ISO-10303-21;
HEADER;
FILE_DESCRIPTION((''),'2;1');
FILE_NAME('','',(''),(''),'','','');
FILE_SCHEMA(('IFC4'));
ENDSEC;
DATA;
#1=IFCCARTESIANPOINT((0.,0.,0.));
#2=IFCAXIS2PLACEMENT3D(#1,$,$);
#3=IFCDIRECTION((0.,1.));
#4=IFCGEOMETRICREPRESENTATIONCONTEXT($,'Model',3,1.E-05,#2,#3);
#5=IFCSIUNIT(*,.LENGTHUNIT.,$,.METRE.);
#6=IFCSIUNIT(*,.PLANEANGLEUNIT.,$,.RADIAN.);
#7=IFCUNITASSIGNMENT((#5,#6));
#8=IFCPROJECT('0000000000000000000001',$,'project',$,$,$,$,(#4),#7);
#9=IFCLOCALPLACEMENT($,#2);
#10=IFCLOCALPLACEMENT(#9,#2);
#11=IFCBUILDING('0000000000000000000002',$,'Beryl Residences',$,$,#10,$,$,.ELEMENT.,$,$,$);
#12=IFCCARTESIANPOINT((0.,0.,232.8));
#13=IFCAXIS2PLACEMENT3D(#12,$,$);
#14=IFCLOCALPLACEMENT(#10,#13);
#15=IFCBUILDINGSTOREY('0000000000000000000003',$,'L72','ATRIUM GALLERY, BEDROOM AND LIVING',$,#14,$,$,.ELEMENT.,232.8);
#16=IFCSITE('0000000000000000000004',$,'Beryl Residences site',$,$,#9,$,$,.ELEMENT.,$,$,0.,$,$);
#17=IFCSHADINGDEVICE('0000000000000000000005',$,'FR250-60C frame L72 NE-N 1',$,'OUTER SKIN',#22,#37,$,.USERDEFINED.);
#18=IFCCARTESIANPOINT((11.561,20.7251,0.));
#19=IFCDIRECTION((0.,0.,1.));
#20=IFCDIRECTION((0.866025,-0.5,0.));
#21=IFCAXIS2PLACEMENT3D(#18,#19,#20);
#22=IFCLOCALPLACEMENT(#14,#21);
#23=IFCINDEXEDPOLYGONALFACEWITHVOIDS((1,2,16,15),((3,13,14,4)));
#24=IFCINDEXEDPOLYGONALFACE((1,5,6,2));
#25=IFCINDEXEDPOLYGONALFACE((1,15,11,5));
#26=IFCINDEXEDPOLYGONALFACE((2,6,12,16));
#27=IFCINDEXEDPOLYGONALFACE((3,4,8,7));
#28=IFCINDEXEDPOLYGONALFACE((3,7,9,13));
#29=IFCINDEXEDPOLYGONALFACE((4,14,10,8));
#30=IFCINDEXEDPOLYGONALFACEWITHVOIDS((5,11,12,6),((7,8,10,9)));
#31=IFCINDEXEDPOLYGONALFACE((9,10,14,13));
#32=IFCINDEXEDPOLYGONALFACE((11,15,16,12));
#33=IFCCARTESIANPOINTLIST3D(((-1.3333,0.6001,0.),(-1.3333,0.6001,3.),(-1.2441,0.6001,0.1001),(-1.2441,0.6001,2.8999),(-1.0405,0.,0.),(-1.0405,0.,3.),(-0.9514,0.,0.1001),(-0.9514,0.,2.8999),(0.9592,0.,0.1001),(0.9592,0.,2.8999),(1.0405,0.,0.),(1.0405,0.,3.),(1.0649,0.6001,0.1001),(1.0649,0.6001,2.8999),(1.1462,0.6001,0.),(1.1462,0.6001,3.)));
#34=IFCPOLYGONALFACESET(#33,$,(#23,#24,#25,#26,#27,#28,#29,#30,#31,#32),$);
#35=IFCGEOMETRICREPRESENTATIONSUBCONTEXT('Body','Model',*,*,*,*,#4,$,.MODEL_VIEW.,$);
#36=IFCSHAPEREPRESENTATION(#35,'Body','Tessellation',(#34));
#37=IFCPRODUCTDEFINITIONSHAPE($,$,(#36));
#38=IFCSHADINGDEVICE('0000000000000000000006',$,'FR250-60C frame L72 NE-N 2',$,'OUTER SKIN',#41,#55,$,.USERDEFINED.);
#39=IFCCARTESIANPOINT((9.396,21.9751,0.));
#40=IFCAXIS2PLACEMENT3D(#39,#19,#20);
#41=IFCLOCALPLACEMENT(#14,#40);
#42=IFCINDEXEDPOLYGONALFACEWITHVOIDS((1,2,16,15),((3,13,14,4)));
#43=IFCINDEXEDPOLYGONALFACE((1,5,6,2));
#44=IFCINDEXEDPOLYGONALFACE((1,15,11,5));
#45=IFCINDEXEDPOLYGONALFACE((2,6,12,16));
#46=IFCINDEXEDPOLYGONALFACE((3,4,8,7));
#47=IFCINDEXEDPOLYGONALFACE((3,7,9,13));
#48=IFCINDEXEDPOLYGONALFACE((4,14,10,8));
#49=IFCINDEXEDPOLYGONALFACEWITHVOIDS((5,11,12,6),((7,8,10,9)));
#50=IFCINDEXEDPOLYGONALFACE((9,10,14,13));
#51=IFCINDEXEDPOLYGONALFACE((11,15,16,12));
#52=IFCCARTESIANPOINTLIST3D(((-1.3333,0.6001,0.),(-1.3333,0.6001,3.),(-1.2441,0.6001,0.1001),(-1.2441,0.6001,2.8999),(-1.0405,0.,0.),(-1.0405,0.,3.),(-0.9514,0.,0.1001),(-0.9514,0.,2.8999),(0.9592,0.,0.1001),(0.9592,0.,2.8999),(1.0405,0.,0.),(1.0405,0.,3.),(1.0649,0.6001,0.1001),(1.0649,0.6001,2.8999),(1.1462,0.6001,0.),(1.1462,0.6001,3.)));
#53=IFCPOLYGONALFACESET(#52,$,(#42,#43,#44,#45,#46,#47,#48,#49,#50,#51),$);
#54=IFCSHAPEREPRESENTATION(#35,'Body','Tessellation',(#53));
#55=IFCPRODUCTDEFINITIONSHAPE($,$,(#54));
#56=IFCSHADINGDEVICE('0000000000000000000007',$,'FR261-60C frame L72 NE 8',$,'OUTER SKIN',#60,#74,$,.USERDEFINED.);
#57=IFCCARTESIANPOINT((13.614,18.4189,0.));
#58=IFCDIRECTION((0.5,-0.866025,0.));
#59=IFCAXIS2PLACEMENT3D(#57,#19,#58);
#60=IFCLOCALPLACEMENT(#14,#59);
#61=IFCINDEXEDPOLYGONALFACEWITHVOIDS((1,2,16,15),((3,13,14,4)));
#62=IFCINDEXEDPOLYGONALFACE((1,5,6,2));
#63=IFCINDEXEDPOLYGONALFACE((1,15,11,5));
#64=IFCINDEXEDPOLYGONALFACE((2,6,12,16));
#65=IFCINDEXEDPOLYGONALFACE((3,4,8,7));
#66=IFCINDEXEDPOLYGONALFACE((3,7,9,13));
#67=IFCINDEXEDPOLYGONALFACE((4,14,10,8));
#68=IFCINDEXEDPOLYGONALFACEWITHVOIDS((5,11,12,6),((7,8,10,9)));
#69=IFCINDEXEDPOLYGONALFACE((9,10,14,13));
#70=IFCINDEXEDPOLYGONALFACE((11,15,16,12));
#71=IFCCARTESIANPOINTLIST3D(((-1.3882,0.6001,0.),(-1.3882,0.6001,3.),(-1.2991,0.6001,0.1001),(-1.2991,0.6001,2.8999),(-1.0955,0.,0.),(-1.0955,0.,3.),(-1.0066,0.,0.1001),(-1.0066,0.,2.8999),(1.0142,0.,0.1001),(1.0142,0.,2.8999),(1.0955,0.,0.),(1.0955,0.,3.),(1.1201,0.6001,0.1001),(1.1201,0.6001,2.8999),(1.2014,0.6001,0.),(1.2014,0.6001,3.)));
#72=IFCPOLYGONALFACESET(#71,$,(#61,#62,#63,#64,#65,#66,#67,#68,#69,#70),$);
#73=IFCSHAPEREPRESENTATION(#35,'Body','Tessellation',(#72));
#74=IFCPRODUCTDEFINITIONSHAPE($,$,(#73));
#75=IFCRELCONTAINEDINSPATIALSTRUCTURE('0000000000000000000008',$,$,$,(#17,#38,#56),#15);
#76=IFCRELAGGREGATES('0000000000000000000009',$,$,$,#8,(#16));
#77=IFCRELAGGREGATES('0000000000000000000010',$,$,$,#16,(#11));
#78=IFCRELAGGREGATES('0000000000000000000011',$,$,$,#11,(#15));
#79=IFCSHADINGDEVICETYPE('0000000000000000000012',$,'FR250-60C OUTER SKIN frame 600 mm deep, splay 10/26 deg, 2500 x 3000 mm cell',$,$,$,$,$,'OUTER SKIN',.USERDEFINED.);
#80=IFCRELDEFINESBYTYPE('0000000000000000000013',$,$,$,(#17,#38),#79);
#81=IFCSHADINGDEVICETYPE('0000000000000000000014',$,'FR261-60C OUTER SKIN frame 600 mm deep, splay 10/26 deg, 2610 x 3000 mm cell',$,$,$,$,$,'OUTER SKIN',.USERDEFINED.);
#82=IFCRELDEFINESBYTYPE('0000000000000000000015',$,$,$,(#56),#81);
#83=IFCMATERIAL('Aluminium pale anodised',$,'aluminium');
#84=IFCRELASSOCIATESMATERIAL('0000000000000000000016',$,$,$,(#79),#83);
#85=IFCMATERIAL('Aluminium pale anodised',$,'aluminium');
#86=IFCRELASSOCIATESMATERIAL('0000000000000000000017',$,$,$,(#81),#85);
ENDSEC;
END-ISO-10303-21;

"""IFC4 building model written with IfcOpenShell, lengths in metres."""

from ifc_helpers import new_model, entity, si_unit, direction, frame, origin, place, context, subcontext, project, spatial, source, transform, mapped, material, type_object, type_shapes, element, save


model = new_model("IFC4")

# Units and contexts
model_context = context("Model", 3, precision=1e-05, world=origin(), true_north=direction((0.0, 1.0)))
body_context = subcontext(model_context, "Body", "Model", "MODEL_VIEW")
ifc_project = project(units=[si_unit("LENGTHUNIT", "METRE"), si_unit("PLANEANGLEUNIT", "RADIAN")], contexts=[model_context])

# Site, building, storey
site_placement = place(None, origin())
site = spatial("IfcSite", under=ifc_project, at=site_placement, Name="Beryl Residences site", CompositionType="ELEMENT", RefElevation=0.0)
building_placement = place(site_placement, origin())
building = spatial("IfcBuilding", under=site, at=building_placement, Name="Beryl Residences", CompositionType="ELEMENT")
storey_placement = place(building_placement, frame((0.0, 0.0, 232.8)))
storey = spatial("IfcBuildingStorey", under=building, at=storey_placement, Name="L72", Description="ATRIUM GALLERY, BEDROOM AND LIVING", CompositionType="ELEMENT", Elevation=232.8)

# Shading devices
ifc_material_1 = material(Name="Aluminium pale anodised", Category="aluminium")
shading_device_type_1 = type_object("IfcShadingDeviceType", Name="FR250-60C OUTER SKIN frame 600 mm deep, splay 10/26 deg, 2500 x 3000 mm cell", ElementType="OUTER SKIN", PredefinedType="USERDEFINED", material=ifc_material_1)
cartesian_point_1 = entity("IfcCartesianPoint", [-1.0405, 0.0])
cartesian_point_2 = entity("IfcCartesianPoint", [-0.9592, 0.1001])
cartesian_point_3 = entity("IfcCartesianPoint", [-1.1462, 0.0])
cartesian_point_4 = entity("IfcCartesianPoint", [-1.0649, 0.1001])
shared_shape_1 = source(origin(), body_context, "Body", "SweptSolid", [
    entity("IfcExtrudedAreaSolidTapered", entity("IfcArbitraryProfileDefWithVoids", "AREA", None, entity("IfcPolyline", [cartesian_point_1, entity("IfcCartesianPoint", [1.0405, 0.0]), entity("IfcCartesianPoint", [1.0405, 3.0]), entity("IfcCartesianPoint", [-1.0405, 3.0]), cartesian_point_1]), [entity("IfcPolyline", [cartesian_point_2, entity("IfcCartesianPoint", [0.9514, 0.1001]), entity("IfcCartesianPoint", [0.9514, 2.8999]), entity("IfcCartesianPoint", [-0.9592, 2.8999]), cartesian_point_2])]), entity("IfcAxis2Placement3D", entity("IfcCartesianPoint", [0.0, 0.0, 0.0]), entity("IfcDirection", [0.0, 1.0, 0.0]), entity("IfcDirection", [-1.0, 0.0, 0.0])), entity("IfcDirection", [0.0, 0.0, 1.0]), 0.6001, entity("IfcArbitraryProfileDefWithVoids", "AREA", None, entity("IfcPolyline", [cartesian_point_3, entity("IfcCartesianPoint", [1.3333, 0.0]), entity("IfcCartesianPoint", [1.3333, 3.0]), entity("IfcCartesianPoint", [-1.1462, 3.0]), cartesian_point_3]), [entity("IfcPolyline", [cartesian_point_4, entity("IfcCartesianPoint", [1.2441, 0.1001]), entity("IfcCartesianPoint", [1.2441, 2.8999]), entity("IfcCartesianPoint", [-1.0649, 2.8999]), cartesian_point_4])])),
])
type_shapes(shading_device_type_1, [shared_shape_1])
for number, where, z_axis, x_axis, name in (
    (1, (11.561, 20.7251, 0.0), (0.0, 0.0, 1.0), (0.866025, -0.5, 0.0), "FR250-60C frame L72 NE-N 1"),
    (2, (9.396, 21.9751, 0.0), (0.0, 0.0, 1.0), (0.866025, -0.5, 0.0), "FR250-60C frame L72 NE-N 2"),
):
    element("IfcShadingDevice", number, at=place(storey_placement, frame(where, z_axis=z_axis, x_axis=x_axis)), inside=storey, type_object=shading_device_type_1, Name=name, ObjectType="OUTER SKIN", PredefinedType="USERDEFINED", context=body_context, shape_type="MappedRepresentation", body=[
        mapped(shared_shape_1, transform((0.0, 0.0, 0.0))),
    ])
ifc_material_2 = material(Name="Aluminium pale anodised", Category="aluminium")
shading_device_type_2 = type_object("IfcShadingDeviceType", Name="FR261-60C OUTER SKIN frame 600 mm deep, splay 10/26 deg, 2610 x 3000 mm cell", ElementType="OUTER SKIN", PredefinedType="USERDEFINED", material=ifc_material_2)
cartesian_point_5 = entity("IfcCartesianPoint", [-1.0955, 0.0])
cartesian_point_6 = entity("IfcCartesianPoint", [-1.0142, 0.1001])
cartesian_point_7 = entity("IfcCartesianPoint", [-1.2014, 0.0])
cartesian_point_8 = entity("IfcCartesianPoint", [-1.1201, 0.1001])
shared_shape_2 = source(origin(), body_context, "Body", "SweptSolid", [
    entity("IfcExtrudedAreaSolidTapered", entity("IfcArbitraryProfileDefWithVoids", "AREA", None, entity("IfcPolyline", [cartesian_point_5, entity("IfcCartesianPoint", [1.0955, 0.0]), entity("IfcCartesianPoint", [1.0955, 3.0]), entity("IfcCartesianPoint", [-1.0955, 3.0]), cartesian_point_5]), [entity("IfcPolyline", [cartesian_point_6, entity("IfcCartesianPoint", [1.0066, 0.1001]), entity("IfcCartesianPoint", [1.0066, 2.8999]), entity("IfcCartesianPoint", [-1.0142, 2.8999]), cartesian_point_6])]), entity("IfcAxis2Placement3D", entity("IfcCartesianPoint", [0.0, 0.0, 0.0]), entity("IfcDirection", [0.0, 1.0, 0.0]), entity("IfcDirection", [-1.0, 0.0, 0.0])), entity("IfcDirection", [0.0, 0.0, 1.0]), 0.6001, entity("IfcArbitraryProfileDefWithVoids", "AREA", None, entity("IfcPolyline", [cartesian_point_7, entity("IfcCartesianPoint", [1.3882, 0.0]), entity("IfcCartesianPoint", [1.3882, 3.0]), entity("IfcCartesianPoint", [-1.2014, 3.0]), cartesian_point_7]), [entity("IfcPolyline", [cartesian_point_8, entity("IfcCartesianPoint", [1.2991, 0.1001]), entity("IfcCartesianPoint", [1.2991, 2.8999]), entity("IfcCartesianPoint", [-1.1201, 2.8999]), cartesian_point_8])])),
])
type_shapes(shading_device_type_2, [shared_shape_2])
shading_device_placement = place(storey_placement, frame((13.614, 18.4189, 0.0), z_axis=(0.0, 0.0, 1.0), x_axis=(0.5, -0.866025, 0.0)))
element("IfcShadingDevice", 3, at=shading_device_placement, inside=storey, type_object=shading_device_type_2, Name="FR261-60C frame L72 NE 8", ObjectType="OUTER SKIN", PredefinedType="USERDEFINED", context=body_context, shape_type="MappedRepresentation", body=[
    mapped(shared_shape_2, transform((0.0, 0.0, 0.0))),
])

save(model, "model.ifc")
